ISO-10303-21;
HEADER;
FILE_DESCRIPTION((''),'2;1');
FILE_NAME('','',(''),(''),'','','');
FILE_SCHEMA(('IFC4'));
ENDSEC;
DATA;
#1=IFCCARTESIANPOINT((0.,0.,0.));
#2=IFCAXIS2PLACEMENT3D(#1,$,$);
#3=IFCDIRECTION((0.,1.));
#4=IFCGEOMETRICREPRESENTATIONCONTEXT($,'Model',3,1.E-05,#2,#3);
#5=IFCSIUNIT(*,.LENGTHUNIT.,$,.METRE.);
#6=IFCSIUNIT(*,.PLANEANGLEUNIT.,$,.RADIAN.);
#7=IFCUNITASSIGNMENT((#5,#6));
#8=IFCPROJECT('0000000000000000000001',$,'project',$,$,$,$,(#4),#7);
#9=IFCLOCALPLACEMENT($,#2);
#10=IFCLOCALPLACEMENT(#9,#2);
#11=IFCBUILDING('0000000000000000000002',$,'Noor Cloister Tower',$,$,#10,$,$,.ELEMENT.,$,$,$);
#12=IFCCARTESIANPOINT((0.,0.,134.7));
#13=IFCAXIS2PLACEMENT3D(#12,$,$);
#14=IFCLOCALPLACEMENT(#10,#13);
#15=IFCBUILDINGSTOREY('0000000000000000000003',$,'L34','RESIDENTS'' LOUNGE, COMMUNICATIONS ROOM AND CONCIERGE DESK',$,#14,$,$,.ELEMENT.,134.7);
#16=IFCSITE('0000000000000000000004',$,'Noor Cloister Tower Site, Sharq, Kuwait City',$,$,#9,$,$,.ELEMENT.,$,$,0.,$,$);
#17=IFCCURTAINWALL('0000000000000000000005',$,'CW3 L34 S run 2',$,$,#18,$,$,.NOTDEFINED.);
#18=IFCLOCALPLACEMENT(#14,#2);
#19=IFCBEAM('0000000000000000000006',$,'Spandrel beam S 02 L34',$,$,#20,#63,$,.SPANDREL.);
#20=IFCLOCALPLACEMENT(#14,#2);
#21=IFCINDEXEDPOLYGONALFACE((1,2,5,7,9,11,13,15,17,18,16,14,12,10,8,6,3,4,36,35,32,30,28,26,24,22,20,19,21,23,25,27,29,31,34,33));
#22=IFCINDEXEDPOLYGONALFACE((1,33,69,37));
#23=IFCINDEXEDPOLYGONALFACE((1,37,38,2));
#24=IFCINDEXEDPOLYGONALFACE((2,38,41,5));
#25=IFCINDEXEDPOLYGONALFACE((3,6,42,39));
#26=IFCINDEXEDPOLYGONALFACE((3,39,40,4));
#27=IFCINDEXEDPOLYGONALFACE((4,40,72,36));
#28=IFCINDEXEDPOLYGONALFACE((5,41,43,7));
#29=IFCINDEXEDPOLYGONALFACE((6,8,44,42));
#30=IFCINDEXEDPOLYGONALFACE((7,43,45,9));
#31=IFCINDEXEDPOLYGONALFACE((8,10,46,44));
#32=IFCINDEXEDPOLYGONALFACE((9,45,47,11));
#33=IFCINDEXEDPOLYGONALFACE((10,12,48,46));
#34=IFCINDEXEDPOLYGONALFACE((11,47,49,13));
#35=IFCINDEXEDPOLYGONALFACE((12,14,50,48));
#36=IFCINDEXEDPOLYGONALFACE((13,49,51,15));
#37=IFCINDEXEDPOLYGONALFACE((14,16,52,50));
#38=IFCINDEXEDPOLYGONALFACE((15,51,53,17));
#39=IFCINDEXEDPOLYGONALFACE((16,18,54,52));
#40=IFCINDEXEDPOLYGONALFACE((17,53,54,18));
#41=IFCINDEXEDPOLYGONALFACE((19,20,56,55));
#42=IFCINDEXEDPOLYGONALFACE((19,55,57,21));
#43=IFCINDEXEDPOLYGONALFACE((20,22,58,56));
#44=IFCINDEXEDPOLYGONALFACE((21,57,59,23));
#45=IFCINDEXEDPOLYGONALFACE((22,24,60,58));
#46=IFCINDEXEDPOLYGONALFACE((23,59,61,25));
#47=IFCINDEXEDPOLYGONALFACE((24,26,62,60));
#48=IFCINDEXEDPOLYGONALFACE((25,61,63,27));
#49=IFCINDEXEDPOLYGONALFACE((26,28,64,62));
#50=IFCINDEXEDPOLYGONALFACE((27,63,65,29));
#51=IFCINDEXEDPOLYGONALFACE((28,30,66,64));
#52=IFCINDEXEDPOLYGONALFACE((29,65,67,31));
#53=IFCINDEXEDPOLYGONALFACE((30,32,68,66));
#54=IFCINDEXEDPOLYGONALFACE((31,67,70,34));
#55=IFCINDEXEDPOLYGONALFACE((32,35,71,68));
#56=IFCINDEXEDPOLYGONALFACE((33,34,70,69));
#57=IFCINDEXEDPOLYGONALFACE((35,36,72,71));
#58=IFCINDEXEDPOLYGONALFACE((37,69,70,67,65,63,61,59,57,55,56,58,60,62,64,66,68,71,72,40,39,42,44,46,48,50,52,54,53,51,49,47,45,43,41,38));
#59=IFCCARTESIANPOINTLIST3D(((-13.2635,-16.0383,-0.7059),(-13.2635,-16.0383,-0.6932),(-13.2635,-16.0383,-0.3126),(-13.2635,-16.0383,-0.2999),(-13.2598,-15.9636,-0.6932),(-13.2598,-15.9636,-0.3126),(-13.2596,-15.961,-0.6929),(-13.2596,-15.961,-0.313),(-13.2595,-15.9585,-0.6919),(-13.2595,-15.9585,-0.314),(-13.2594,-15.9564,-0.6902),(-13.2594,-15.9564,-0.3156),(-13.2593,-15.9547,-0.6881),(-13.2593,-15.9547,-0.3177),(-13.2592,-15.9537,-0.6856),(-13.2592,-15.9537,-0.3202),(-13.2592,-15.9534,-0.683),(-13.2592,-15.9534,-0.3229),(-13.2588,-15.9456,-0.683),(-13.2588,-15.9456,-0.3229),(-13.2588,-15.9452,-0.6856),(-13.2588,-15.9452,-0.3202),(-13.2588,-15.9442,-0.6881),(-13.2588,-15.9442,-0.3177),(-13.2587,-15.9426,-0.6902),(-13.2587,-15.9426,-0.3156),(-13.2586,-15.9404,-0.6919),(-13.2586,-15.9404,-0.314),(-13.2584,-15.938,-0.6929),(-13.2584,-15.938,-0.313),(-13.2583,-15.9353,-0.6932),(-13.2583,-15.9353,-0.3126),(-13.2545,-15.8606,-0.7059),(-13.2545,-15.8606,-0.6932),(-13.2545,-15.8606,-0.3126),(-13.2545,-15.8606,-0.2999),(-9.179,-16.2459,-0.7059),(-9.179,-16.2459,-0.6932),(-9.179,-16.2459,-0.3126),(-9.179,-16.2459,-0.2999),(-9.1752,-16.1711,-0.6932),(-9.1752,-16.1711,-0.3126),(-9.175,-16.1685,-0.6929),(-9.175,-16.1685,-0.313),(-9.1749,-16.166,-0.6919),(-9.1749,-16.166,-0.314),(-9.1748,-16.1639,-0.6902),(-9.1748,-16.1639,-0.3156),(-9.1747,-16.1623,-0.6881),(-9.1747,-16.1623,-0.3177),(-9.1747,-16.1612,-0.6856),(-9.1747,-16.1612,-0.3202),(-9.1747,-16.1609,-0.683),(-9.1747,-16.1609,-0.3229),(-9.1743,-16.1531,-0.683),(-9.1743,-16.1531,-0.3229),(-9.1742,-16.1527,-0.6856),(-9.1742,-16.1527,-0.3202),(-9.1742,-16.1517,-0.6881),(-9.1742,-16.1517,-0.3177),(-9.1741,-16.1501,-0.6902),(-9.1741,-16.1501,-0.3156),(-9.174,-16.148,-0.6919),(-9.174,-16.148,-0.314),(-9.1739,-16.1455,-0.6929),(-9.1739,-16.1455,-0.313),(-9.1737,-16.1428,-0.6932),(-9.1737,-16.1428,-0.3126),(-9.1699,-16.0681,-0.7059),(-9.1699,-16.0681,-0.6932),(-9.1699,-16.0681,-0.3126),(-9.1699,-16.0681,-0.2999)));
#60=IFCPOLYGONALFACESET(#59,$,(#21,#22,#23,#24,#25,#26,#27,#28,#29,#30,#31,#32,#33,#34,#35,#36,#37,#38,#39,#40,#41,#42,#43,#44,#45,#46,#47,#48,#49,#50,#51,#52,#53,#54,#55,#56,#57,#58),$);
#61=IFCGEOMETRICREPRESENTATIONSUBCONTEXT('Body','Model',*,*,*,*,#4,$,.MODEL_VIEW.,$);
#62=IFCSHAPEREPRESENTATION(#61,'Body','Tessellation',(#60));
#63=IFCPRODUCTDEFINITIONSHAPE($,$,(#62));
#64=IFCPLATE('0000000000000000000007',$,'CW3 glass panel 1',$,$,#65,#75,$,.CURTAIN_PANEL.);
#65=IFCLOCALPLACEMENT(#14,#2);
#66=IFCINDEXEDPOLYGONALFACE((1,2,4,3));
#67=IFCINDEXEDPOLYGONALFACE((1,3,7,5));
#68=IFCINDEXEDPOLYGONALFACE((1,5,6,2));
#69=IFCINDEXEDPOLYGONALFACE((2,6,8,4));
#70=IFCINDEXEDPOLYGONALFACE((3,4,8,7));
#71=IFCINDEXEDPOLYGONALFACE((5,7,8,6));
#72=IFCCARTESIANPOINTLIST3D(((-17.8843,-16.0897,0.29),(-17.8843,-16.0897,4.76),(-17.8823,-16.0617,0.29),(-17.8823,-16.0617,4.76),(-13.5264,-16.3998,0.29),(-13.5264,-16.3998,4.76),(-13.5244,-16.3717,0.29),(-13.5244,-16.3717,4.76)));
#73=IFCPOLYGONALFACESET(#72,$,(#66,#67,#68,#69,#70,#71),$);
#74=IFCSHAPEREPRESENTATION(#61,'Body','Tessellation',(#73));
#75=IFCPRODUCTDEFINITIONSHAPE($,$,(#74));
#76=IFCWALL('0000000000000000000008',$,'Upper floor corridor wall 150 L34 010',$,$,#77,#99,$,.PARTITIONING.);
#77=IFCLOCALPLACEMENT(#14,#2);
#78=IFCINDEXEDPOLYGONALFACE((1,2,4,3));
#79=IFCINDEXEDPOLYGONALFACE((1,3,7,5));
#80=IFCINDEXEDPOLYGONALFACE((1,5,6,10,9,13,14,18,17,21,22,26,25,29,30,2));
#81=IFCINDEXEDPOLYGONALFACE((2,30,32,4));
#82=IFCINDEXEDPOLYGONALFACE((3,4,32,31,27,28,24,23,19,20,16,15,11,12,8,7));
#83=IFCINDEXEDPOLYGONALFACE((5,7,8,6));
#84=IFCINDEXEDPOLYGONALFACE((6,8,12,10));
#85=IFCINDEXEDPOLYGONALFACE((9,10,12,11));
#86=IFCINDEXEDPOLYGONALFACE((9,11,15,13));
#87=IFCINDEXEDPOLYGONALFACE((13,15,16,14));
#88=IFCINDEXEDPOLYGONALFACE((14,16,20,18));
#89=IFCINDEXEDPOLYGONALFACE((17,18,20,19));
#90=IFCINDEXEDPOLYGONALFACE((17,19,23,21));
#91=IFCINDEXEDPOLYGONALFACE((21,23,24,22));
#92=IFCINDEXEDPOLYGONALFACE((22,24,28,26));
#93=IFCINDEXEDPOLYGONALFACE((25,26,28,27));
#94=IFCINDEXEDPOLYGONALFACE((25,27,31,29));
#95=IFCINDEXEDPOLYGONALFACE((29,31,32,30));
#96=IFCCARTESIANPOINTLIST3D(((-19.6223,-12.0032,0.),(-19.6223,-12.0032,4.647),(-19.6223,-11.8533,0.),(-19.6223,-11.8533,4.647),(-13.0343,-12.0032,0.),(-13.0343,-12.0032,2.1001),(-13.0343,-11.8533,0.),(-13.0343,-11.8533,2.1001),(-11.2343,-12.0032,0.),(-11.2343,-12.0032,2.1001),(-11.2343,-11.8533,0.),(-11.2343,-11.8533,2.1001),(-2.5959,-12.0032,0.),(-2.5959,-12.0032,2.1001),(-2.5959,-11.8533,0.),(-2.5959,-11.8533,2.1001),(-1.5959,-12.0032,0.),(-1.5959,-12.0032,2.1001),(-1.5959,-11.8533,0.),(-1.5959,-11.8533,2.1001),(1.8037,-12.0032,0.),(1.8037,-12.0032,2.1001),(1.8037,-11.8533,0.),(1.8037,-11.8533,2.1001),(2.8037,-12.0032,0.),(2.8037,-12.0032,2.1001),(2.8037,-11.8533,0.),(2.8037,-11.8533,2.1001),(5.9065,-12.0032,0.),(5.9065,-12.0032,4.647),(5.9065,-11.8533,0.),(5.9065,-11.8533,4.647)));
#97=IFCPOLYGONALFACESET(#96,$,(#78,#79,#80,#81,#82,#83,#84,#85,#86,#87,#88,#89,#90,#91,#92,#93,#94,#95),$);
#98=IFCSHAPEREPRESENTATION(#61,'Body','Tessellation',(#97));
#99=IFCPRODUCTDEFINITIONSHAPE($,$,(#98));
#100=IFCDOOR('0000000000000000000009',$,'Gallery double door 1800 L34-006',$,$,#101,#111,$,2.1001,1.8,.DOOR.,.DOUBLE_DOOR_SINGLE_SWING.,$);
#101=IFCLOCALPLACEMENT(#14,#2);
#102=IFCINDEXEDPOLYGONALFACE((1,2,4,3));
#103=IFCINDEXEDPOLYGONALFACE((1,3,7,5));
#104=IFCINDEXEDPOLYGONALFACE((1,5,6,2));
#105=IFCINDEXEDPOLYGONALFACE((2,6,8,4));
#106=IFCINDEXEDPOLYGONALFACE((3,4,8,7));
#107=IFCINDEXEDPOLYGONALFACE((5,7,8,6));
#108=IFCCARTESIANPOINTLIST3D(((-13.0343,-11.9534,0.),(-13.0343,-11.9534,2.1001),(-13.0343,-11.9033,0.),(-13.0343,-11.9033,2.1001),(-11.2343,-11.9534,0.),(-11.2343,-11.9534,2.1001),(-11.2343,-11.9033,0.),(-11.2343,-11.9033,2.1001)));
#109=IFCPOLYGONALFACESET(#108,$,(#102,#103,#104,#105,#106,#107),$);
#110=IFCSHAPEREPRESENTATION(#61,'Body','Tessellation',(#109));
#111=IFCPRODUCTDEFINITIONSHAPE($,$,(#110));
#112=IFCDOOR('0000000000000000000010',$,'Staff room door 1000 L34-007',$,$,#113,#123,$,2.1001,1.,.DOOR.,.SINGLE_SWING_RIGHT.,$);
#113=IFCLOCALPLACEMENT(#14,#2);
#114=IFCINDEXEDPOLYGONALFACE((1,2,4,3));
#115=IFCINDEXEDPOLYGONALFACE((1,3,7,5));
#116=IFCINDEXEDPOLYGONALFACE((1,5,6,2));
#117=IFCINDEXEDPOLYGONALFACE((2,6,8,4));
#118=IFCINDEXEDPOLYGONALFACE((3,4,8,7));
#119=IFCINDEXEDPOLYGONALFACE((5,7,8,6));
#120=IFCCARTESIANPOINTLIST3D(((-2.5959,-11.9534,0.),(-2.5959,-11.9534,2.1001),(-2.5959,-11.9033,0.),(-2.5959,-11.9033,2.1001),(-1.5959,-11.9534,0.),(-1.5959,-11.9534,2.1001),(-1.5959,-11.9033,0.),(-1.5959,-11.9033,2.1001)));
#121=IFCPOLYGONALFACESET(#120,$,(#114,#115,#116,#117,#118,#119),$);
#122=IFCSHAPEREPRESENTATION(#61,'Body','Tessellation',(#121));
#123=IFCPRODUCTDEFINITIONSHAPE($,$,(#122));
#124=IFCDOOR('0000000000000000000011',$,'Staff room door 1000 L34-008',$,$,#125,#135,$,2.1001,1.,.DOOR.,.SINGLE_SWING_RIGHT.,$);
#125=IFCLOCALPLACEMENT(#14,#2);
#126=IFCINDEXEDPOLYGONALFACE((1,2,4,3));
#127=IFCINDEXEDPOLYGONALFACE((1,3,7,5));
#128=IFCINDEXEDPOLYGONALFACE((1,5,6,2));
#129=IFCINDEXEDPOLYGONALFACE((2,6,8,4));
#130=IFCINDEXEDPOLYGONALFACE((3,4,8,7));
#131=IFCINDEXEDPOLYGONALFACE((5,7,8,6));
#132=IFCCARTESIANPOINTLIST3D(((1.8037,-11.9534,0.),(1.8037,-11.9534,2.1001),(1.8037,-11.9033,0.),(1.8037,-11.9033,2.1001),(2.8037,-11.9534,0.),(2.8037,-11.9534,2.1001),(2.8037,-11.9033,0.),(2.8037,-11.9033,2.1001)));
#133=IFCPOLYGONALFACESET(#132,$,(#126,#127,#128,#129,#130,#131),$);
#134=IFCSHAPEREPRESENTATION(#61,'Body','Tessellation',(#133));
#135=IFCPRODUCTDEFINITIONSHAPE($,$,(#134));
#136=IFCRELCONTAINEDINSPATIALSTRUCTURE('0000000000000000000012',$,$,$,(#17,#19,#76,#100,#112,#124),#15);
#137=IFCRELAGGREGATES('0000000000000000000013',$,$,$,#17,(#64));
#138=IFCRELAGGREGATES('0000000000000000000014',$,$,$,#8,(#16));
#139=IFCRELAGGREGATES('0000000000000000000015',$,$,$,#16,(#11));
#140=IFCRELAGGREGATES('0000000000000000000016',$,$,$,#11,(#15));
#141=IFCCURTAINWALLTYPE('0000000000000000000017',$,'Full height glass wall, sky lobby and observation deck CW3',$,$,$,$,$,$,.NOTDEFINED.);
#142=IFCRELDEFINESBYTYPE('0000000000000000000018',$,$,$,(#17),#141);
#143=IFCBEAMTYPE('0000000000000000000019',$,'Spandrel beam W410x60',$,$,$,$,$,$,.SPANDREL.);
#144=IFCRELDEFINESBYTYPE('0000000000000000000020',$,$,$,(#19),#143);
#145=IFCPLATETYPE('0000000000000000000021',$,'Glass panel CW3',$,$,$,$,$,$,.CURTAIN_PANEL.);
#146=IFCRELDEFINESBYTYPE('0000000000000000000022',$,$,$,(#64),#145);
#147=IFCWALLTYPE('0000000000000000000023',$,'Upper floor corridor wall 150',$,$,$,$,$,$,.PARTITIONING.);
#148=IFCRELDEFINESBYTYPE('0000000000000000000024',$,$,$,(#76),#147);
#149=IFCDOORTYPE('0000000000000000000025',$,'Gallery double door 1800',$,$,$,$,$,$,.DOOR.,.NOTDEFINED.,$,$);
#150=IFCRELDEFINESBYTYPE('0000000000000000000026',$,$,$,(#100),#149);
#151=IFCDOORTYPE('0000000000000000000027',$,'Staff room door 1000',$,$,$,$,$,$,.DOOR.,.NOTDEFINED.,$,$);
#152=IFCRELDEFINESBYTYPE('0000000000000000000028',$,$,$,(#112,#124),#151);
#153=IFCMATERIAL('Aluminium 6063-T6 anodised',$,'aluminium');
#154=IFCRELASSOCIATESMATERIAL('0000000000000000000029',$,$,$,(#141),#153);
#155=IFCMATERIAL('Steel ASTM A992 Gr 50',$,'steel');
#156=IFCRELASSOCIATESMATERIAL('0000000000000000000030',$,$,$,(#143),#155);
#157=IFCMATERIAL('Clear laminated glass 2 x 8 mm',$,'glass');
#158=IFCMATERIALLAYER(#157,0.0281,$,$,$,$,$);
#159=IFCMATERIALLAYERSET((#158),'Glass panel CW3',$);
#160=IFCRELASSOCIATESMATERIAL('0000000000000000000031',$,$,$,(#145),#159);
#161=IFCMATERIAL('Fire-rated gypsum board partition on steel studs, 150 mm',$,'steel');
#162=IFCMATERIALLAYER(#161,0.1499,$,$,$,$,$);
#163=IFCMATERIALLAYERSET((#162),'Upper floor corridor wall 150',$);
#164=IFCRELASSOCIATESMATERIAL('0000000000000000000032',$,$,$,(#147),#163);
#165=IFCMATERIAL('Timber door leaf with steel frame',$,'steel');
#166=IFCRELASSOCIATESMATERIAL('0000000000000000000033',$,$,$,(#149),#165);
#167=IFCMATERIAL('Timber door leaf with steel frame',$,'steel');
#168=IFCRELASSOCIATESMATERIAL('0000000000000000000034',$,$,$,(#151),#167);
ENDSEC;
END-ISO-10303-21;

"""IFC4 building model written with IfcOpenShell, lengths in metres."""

from ifc_helpers import new_model, si_unit, direction, frame, frame_2d, origin, origin_2d, place, context, subcontext, project, spatial, rectangle, i_section, extrude, material, layer, layer_set, material_profile, profile_set, type_object, element, fill, aggregate, save


model = new_model("IFC4")

# Units and contexts
model_context = context("Model", 3, precision=1e-05, world=origin(), true_north=direction((0.0, 1.0)))
body_context = subcontext(model_context, "Body", "Model", "MODEL_VIEW")
ifc_project = project(units=[si_unit("LENGTHUNIT", "METRE"), si_unit("PLANEANGLEUNIT", "RADIAN")], contexts=[model_context])

# Site, building, storey
site_placement = place(None, origin())
site = spatial("IfcSite", under=ifc_project, at=site_placement, Name="Noor Cloister Tower Site, Sharq, Kuwait City", CompositionType="ELEMENT", RefElevation=0.0)
building_placement = place(site_placement, origin())
building = spatial("IfcBuilding", under=site, at=building_placement, Name="Noor Cloister Tower", CompositionType="ELEMENT")
storey_placement = place(building_placement, frame((0.0, 0.0, 134.7)))
storey = spatial("IfcBuildingStorey", under=building, at=storey_placement, Name="L34", Description="RESIDENTS' LOUNGE, COMMUNICATIONS ROOM AND CONCIERGE DESK", CompositionType="ELEMENT", Elevation=134.7)

# Shared definitions
ifc_material_1 = material(Name="Aluminium 6063-T6 anodised", Category="aluminium")
curtain_wall_type = type_object("IfcCurtainWallType", Name="Full height glass wall, sky lobby and observation deck CW3", PredefinedType="NOTDEFINED", material=ifc_material_1)

# Curtain wall
curtain_wall_1_placement = place(storey_placement, origin())
curtain_wall_1 = element("IfcCurtainWall", 1, at=curtain_wall_1_placement, inside=storey, type_object=curtain_wall_type, Name="CW3 L34 S run 2", PredefinedType="NOTDEFINED")

# Beam
ifc_material_2 = material(Name="Steel ASTM A992 Gr 50", Category="steel")
ifc_material_profile_1 = material_profile(ifc_material_2, i_section(OverallWidth=0.178, OverallDepth=0.406, WebThickness=0.0078, FlangeThickness=0.0127, FilletRadius=0.0103, at=origin_2d()), Name="W410x60")
ifc_profile_set_1 = profile_set([ifc_material_profile_1], Name="Steel ASTM A992 Gr 50")
beam_type_1 = type_object("IfcBeamType", Name="Spandrel beam W410x60", PredefinedType="SPANDREL", material=ifc_profile_set_1)
beam_1_placement = place(storey_placement, frame((-13.259, -15.9495, -0.5029), z_axis=(0.998712, -0.050741, 0.0), x_axis=(0.050741, 0.998712, 0.0)))
element("IfcBeam", 2, at=beam_1_placement, inside=storey, type_object=beam_type_1, Name="Spandrel beam S 02 L34", PredefinedType="SPANDREL", context=body_context, shape_type="SweptSolid", body=[
    extrude(i_section(OverallWidth=0.178, OverallDepth=0.406, WebThickness=0.0078, FlangeThickness=0.0127, FilletRadius=0.0103, at=origin_2d()), origin(), (0.0, 0.0, 1.0), 4.0898),
])

# Plate
ifc_material_3 = material(Name="Clear laminated glass 2 x 8 mm", Category="glass")
ifc_layer_1 = layer(ifc_material_3, 0.0281)
ifc_layer_set_1 = layer_set([ifc_layer_1], Name="Glass panel CW3")
plate_type = type_object("IfcPlateType", Name="Glass panel CW3", PredefinedType="CURTAIN_PANEL", material=ifc_layer_set_1)
plate_placement = place(storey_placement, frame((-15.7043, -16.2307, 0.29), z_axis=(0.0, 0.0, 1.0), x_axis=(0.997478, -0.070972, 0.0)))
plate = element("IfcPlate", 3, at=plate_placement, type_object=plate_type, Name="CW3 glass panel 1", PredefinedType="CURTAIN_PANEL", context=body_context, shape_type="SweptSolid", body=[
    extrude(rectangle(XDim=4.3689, YDim=0.0281, at=origin_2d()), origin(), (0.0, 0.0, 1.0), 4.47),
])
aggregate(curtain_wall_1, [plate])

# Wall, openings, doors
ifc_material_4 = material(Name="Fire-rated gypsum board partition on steel studs, 150 mm", Category="steel")
ifc_layer_2 = layer(ifc_material_4, 0.1499)
ifc_layer_set_2 = layer_set([ifc_layer_2], Name="Upper floor corridor wall 150")
wall_type = type_object("IfcWallType", Name="Upper floor corridor wall 150", PredefinedType="PARTITIONING", material=ifc_layer_set_2)
wall_placement = place(storey_placement, frame((-19.6223, -11.9282, 0.0), z_axis=(0.0, 0.0, 1.0), x_axis=(1.0, 0.0, 0.0)))
wall = element("IfcWall", 4, at=wall_placement, inside=storey, type_object=wall_type, Name="Upper floor corridor wall 150 L34 010", PredefinedType="PARTITIONING", context=body_context, shape_type="SweptSolid", body=[
    extrude(rectangle(XDim=25.5288, YDim=0.1499, at=frame_2d((12.7644, 0.0))), origin(), (0.0, 0.0, 1.0), 4.647),
])
opening_1_placement = place(wall_placement, frame((6.5881, 0.0, 0.0)))
opening_1 = element("IfcOpeningElement", 5, at=opening_1_placement, cuts=wall, PredefinedType="OPENING", context=body_context, shape_type="SweptSolid", body=[
    extrude(rectangle(XDim=1.8, YDim=2.1001, at=frame_2d((0.8999, 1.05))), frame((0.0, 0.085, 0.0), z_axis=(0.0, -1.0, 0.0), x_axis=(1.0, 0.0, 0.0)), (0.0, 0.0, 1.0), 0.1699),
])
opening_2_placement = place(wall_placement, frame((17.0264, 0.0, 0.0)))
opening_2 = element("IfcOpeningElement", 6, at=opening_2_placement, cuts=wall, PredefinedType="OPENING", context=body_context, shape_type="SweptSolid", body=[
    extrude(rectangle(XDim=1.0, YDim=2.1001, at=frame_2d((0.5, 1.05))), frame((0.0, 0.085, 0.0), z_axis=(0.0, -1.0, 0.0), x_axis=(1.0, 0.0, 0.0)), (0.0, 0.0, 1.0), 0.1699),
])
opening_3_placement = place(wall_placement, frame((21.426, 0.0, 0.0)))
opening_3 = element("IfcOpeningElement", 7, at=opening_3_placement, cuts=wall, PredefinedType="OPENING", context=body_context, shape_type="SweptSolid", body=[
    extrude(rectangle(XDim=1.0, YDim=2.1001, at=frame_2d((0.5, 1.05))), frame((0.0, 0.085, 0.0), z_axis=(0.0, -1.0, 0.0), x_axis=(1.0, 0.0, 0.0)), (0.0, 0.0, 1.0), 0.1699),
])
ifc_material_5 = material(Name="Timber door leaf with steel frame", Category="steel")
door_type_1 = type_object("IfcDoorType", Name="Gallery double door 1800", OperationType="NOTDEFINED", PredefinedType="DOOR", material=ifc_material_5)
door_1_placement = place(opening_1_placement, origin())
door_1 = element("IfcDoor", 8, at=door_1_placement, inside=storey, type_object=door_type_1, Name="Gallery double door 1800 L34-006", OperationType="DOUBLE_DOOR_SINGLE_SWING", OverallHeight=2.1001, OverallWidth=1.8, PredefinedType="DOOR", context=body_context, shape_type="SweptSolid", body=[
    extrude(rectangle(XDim=1.8, YDim=2.1001, at=frame_2d((0.8999, 1.05))), frame((0.0, 0.0249, 0.0), z_axis=(0.0, -1.0, 0.0), x_axis=(1.0, 0.0, 0.0)), (0.0, 0.0, 1.0), 0.05),
])
fill(opening_1, door_1)
ifc_material_6 = material(Name="Timber door leaf with steel frame", Category="steel")
door_type_2 = type_object("IfcDoorType", Name="Staff room door 1000", OperationType="NOTDEFINED", PredefinedType="DOOR", material=ifc_material_6)
door_2_placement = place(opening_2_placement, origin())
door_2 = element("IfcDoor", 9, at=door_2_placement, inside=storey, type_object=door_type_2, Name="Staff room door 1000 L34-007", OperationType="SINGLE_SWING_RIGHT", OverallHeight=2.1001, OverallWidth=1.0, PredefinedType="DOOR", context=body_context, shape_type="SweptSolid", body=[
    extrude(rectangle(XDim=1.0, YDim=2.1001, at=frame_2d((0.5, 1.05))), frame((0.0, 0.0249, 0.0), z_axis=(0.0, -1.0, 0.0), x_axis=(1.0, 0.0, 0.0)), (0.0, 0.0, 1.0), 0.05),
])
fill(opening_2, door_2)
door_3_placement = place(opening_3_placement, origin())
door_3 = element("IfcDoor", 10, at=door_3_placement, inside=storey, type_object=door_type_2, Name="Staff room door 1000 L34-008", OperationType="SINGLE_SWING_RIGHT", OverallHeight=2.1001, OverallWidth=1.0, PredefinedType="DOOR", context=body_context, shape_type="SweptSolid", body=[
    extrude(rectangle(XDim=1.0, YDim=2.1001, at=frame_2d((0.5, 1.05))), frame((0.0, 0.0249, 0.0), z_axis=(0.0, -1.0, 0.0), x_axis=(1.0, 0.0, 0.0)), (0.0, 0.0, 1.0), 0.05),
])
fill(opening_3, door_3)

save(model, "model.ifc")
